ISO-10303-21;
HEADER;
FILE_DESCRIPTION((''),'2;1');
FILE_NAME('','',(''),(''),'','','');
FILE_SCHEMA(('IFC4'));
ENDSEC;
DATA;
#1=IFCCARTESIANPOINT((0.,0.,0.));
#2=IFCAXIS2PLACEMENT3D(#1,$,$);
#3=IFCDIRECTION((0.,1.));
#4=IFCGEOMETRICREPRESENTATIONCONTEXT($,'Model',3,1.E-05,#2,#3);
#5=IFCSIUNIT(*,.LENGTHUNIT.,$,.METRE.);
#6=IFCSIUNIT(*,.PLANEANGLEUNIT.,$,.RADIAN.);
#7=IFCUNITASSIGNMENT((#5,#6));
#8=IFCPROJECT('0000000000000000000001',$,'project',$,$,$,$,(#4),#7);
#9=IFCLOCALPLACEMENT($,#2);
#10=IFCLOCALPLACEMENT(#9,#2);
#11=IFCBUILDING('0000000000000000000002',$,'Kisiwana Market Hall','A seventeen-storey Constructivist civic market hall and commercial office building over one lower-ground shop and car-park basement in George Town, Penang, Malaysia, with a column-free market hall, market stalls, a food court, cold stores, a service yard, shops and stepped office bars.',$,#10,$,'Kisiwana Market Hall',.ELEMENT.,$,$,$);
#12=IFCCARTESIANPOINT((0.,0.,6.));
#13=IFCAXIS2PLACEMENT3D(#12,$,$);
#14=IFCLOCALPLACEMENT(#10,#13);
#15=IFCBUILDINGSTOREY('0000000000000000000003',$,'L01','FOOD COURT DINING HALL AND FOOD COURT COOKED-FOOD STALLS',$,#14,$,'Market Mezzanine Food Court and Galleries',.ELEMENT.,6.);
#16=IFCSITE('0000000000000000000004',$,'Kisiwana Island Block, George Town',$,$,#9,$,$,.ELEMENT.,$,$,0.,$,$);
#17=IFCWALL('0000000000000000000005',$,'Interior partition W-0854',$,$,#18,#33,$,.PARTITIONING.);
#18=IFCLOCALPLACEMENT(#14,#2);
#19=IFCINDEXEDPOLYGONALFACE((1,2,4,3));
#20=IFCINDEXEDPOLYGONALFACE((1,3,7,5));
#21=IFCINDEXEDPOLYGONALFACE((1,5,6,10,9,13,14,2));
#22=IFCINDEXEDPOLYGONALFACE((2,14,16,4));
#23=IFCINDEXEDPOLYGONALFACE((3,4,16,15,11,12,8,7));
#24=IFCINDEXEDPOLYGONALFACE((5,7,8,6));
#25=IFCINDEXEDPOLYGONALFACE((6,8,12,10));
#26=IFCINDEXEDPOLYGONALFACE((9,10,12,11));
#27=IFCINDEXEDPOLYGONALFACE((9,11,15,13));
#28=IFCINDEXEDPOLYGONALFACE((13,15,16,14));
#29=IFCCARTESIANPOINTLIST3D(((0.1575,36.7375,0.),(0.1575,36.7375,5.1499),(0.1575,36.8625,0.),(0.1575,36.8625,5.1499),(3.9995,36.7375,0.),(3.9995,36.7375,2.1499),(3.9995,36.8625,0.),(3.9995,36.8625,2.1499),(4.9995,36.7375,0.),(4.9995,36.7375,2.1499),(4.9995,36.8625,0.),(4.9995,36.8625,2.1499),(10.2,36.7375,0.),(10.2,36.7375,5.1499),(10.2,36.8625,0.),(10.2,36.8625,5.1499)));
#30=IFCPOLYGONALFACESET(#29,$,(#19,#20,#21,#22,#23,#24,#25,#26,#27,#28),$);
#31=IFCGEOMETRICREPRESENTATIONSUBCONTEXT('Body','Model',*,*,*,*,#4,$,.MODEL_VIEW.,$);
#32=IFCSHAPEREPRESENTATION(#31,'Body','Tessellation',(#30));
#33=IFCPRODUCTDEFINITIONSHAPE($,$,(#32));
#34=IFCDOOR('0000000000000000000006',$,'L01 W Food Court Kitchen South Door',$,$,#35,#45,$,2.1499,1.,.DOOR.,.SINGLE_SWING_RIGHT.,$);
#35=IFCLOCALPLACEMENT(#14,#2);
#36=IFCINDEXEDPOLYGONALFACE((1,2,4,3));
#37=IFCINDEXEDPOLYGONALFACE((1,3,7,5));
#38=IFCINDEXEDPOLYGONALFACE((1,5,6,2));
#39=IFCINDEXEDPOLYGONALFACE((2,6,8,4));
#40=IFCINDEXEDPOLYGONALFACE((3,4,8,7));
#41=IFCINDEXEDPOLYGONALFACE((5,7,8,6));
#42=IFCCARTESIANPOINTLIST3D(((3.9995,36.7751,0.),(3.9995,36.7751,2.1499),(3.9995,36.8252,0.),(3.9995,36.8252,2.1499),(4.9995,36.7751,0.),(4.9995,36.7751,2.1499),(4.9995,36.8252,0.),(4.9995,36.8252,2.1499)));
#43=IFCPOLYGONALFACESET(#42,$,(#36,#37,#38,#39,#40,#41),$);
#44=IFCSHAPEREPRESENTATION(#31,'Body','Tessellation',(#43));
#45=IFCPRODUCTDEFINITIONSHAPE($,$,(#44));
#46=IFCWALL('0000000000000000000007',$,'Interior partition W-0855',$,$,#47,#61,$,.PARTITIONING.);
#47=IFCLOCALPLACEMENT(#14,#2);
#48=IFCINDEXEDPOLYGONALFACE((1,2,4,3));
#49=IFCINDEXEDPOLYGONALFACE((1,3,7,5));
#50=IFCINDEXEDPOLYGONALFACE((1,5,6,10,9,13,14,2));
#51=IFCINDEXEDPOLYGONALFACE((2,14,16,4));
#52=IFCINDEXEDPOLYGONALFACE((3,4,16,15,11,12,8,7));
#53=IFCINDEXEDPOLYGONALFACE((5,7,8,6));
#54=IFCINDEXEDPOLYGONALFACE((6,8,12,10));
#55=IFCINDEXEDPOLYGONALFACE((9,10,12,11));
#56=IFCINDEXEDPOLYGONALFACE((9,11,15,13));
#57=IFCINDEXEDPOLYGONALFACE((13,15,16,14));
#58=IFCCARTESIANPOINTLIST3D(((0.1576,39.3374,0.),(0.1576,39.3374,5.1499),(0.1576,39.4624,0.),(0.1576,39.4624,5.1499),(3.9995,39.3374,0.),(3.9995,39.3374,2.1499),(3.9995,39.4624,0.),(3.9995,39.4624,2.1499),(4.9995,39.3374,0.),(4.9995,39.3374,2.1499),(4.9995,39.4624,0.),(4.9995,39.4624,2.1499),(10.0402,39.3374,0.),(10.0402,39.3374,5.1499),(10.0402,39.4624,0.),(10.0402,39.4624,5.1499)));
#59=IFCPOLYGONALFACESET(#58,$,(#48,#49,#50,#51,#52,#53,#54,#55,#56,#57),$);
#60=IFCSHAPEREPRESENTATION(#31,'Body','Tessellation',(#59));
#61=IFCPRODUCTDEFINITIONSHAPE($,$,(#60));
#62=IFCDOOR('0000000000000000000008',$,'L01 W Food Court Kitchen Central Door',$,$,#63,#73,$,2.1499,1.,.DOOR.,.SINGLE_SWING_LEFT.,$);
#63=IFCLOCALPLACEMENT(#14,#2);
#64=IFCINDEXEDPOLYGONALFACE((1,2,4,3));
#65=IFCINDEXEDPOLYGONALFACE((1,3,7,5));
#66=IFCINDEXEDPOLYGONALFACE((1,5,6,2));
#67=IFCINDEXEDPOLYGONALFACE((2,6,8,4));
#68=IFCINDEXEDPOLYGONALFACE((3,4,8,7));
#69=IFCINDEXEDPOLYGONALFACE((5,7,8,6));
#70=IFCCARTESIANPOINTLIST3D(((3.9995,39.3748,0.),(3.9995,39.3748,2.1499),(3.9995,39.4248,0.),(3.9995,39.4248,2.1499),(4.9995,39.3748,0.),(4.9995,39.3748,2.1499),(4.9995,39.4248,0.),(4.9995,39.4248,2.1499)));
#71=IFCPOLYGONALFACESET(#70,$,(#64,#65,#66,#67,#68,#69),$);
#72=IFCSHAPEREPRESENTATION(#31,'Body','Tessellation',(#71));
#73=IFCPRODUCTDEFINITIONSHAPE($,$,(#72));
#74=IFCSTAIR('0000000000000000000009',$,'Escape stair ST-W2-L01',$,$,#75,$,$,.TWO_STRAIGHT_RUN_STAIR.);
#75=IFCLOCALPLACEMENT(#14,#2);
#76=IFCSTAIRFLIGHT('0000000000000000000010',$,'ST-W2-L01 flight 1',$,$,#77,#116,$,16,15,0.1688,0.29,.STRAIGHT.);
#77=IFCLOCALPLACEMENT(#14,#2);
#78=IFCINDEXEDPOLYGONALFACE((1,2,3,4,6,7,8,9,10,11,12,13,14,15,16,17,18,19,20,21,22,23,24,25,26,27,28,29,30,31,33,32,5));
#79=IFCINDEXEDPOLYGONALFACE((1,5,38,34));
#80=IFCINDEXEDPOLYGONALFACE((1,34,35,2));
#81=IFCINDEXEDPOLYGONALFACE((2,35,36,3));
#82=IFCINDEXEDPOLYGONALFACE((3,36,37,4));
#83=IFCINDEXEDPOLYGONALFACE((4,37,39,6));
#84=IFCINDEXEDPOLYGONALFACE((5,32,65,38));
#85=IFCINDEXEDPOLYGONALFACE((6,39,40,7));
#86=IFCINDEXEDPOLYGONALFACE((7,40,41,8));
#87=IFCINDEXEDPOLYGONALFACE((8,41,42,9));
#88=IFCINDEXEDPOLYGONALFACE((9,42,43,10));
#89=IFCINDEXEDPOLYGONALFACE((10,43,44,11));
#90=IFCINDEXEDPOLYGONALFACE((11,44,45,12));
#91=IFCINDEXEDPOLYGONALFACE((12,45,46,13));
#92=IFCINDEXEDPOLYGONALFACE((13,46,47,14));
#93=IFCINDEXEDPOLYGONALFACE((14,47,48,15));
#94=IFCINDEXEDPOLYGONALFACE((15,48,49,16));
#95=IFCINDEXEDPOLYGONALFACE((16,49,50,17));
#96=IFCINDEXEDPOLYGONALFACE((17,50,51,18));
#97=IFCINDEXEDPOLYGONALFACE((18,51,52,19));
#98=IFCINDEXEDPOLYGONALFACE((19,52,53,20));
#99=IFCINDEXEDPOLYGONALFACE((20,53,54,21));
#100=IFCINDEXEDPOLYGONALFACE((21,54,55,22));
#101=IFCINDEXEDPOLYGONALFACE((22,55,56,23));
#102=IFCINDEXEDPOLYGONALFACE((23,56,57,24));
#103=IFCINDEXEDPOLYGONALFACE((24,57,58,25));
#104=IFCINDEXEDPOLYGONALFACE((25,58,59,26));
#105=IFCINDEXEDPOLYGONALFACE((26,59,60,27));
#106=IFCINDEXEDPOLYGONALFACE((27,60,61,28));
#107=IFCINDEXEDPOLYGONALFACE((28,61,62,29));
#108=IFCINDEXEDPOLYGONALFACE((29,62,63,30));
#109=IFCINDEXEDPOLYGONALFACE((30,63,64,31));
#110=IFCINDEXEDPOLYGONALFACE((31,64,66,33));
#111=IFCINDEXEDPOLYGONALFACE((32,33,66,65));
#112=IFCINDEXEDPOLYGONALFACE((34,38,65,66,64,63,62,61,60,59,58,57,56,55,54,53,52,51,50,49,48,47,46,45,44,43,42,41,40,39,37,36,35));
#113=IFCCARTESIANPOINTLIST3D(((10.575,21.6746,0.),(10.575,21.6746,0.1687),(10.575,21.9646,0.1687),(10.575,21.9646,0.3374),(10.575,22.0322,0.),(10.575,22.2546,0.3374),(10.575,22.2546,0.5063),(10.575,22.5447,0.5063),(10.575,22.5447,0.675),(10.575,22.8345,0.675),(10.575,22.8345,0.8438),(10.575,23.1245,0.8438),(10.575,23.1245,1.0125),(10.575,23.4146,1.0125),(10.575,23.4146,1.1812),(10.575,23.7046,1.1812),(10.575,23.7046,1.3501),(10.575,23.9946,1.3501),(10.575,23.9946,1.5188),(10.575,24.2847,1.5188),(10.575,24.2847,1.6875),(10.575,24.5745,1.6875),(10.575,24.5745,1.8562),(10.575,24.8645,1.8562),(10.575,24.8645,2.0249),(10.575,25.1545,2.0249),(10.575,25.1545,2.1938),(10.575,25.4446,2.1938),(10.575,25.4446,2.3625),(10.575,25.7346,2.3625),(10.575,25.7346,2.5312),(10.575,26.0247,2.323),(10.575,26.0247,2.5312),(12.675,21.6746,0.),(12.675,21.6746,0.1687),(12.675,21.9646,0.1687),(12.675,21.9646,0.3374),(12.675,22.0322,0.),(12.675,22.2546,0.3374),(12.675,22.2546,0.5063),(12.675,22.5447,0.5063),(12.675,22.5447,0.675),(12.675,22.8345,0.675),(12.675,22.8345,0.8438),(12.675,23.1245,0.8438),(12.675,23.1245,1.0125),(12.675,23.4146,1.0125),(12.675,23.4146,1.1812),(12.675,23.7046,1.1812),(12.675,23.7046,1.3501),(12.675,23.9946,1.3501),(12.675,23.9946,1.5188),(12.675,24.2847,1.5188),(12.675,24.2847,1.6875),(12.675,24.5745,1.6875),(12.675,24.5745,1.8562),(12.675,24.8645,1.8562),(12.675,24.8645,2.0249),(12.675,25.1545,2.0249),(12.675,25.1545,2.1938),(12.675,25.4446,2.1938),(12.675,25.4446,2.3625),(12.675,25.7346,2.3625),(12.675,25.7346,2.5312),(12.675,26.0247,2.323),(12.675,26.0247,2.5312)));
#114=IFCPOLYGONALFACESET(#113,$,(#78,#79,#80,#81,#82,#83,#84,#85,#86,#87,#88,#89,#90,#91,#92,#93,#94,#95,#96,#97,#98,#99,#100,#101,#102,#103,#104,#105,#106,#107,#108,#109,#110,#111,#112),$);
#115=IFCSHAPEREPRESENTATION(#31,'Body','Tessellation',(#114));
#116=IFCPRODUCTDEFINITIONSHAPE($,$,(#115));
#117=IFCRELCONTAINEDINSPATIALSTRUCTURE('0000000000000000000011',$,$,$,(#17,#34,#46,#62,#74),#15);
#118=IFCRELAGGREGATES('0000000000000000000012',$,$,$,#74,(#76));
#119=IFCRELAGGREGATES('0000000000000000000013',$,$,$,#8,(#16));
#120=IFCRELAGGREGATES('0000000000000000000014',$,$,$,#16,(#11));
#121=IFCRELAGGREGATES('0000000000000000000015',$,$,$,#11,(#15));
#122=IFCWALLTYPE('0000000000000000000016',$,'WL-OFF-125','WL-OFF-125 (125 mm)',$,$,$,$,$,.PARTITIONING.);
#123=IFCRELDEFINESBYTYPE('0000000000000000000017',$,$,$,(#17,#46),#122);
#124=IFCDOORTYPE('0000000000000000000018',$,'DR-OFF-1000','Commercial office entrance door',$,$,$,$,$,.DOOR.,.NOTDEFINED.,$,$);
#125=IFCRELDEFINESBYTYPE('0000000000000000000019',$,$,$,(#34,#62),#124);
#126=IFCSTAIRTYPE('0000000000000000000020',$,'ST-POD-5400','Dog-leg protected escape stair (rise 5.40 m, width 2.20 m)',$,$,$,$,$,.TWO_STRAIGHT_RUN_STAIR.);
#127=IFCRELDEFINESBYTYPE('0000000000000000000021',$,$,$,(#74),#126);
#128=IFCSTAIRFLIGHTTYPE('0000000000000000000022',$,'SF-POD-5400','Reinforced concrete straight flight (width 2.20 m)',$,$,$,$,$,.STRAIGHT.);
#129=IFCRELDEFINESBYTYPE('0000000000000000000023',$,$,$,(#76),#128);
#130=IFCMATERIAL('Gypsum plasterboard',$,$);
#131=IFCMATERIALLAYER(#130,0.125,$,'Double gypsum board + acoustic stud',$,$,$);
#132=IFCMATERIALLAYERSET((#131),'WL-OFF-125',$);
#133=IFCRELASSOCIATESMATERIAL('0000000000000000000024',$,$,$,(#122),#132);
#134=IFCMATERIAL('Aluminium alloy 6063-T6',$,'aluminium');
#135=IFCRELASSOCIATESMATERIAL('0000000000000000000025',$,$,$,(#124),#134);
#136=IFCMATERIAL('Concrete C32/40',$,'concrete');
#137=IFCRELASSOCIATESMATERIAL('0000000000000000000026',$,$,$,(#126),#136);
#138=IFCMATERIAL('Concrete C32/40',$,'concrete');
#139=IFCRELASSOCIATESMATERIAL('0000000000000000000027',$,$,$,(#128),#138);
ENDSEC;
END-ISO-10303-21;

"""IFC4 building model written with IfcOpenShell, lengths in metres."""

from ifc_helpers import new_model, si_unit, direction, frame, frame_2d, origin, place, context, subcontext, project, spatial, polyline, rectangle, outline, extrude, material, layer, layer_set, type_object, element, fill, aggregate, save


model = new_model("IFC4")

# Units and contexts
model_context = context("Model", 3, precision=1e-05, world=origin(), true_north=direction((0.0, 1.0)))
body_context = subcontext(model_context, "Body", "Model", "MODEL_VIEW")
ifc_project = project(units=[si_unit("LENGTHUNIT", "METRE"), si_unit("PLANEANGLEUNIT", "RADIAN")], contexts=[model_context])

# Site, building, storey
site_placement = place(None, origin())
site = spatial("IfcSite", under=ifc_project, at=site_placement, Name="Kisiwana Island Block, George Town", CompositionType="ELEMENT", RefElevation=0.0)
building_placement = place(site_placement, origin())
building = spatial("IfcBuilding", under=site, at=building_placement, Name="Kisiwana Market Hall", Description="A seventeen-storey Constructivist civic market hall and commercial office building over one lower-ground shop and car-park basement in George Town, Penang, Malaysia, with a column-free market hall, market stalls, a food court, cold stores, a service yard, shops and stepped office bars.", LongName="Kisiwana Market Hall", CompositionType="ELEMENT")
storey_placement = place(building_placement, frame((0.0, 0.0, 6.0)))
storey = spatial("IfcBuildingStorey", under=building, at=storey_placement, Name="L01", Description="FOOD COURT DINING HALL AND FOOD COURT COOKED-FOOD STALLS", LongName="Market Mezzanine Food Court and Galleries", CompositionType="ELEMENT", Elevation=6.0)

# Shared definitions
ifc_material_1 = material(Name="Gypsum plasterboard")
ifc_layer_1 = layer(ifc_material_1, 0.125, Name="Double gypsum board + acoustic stud")
ifc_layer_set_1 = layer_set([ifc_layer_1], Name="WL-OFF-125")
wall_type_1 = type_object("IfcWallType", Name="WL-OFF-125", Description="WL-OFF-125 (125 mm)", PredefinedType="PARTITIONING", material=ifc_layer_set_1)

# Walls, openings, doors
wall_1_placement = place(storey_placement, frame((0.1575, 36.8, 0.0), z_axis=(0.0, 0.0, 1.0), x_axis=(1.0, 0.0, 0.0)))
wall_1 = element("IfcWall", 1, at=wall_1_placement, inside=storey, type_object=wall_type_1, Name="Interior partition W-0854", PredefinedType="PARTITIONING", context=body_context, shape_type="SweptSolid", body=[
    extrude(rectangle(XDim=10.0425, YDim=0.125, at=frame_2d((5.0212, 0.0))), origin(), (0.0, 0.0, 1.0), 5.1499),
])
opening_1_placement = place(wall_1_placement, frame((3.842, 0.0, 0.0)))
opening_1 = element("IfcOpeningElement", 2, at=opening_1_placement, cuts=wall_1, PredefinedType="OPENING", context=body_context, shape_type="SweptSolid", body=[
    extrude(rectangle(XDim=1.0, YDim=2.1499, at=frame_2d((0.5, 1.075))), frame((0.0, 0.0745, 0.0), z_axis=(0.0, -1.0, 0.0), x_axis=(1.0, 0.0, 0.0)), (0.0, 0.0, 1.0), 0.1489),
])
ifc_material_2 = material(Name="Aluminium alloy 6063-T6", Category="aluminium")
door_type_1 = type_object("IfcDoorType", Name="DR-OFF-1000", Description="Commercial office entrance door", OperationType="NOTDEFINED", PredefinedType="DOOR", material=ifc_material_2)
door_1_placement = place(opening_1_placement, frame((1.0, 0.0, 0.0), z_axis=(0.0, 0.0, 1.0), x_axis=(-1.0, 0.0, 0.0)))
door_1 = element("IfcDoor", 3, at=door_1_placement, inside=storey, type_object=door_type_1, Name="L01 W Food Court Kitchen South Door", OperationType="SINGLE_SWING_RIGHT", OverallHeight=2.1499, OverallWidth=1.0, PredefinedType="DOOR", context=body_context, shape_type="SweptSolid", body=[
    extrude(rectangle(XDim=1.0, YDim=2.1499, at=frame_2d((0.5, 1.075))), frame((0.0, 0.0249, 0.0), z_axis=(0.0, -1.0, 0.0), x_axis=(1.0, 0.0, 0.0)), (0.0, 0.0, 1.0), 0.05),
])
fill(opening_1, door_1)
wall_2_placement = place(storey_placement, frame((0.1575, 39.3999, 0.0), z_axis=(0.0, 0.0, 1.0), x_axis=(1.0, 0.0, 0.0)))
wall_2 = element("IfcWall", 4, at=wall_2_placement, inside=storey, type_object=wall_type_1, Name="Interior partition W-0855", PredefinedType="PARTITIONING", context=body_context, shape_type="SweptSolid", body=[
    extrude(rectangle(XDim=9.8826, YDim=0.125, at=frame_2d((4.9414, 0.0))), origin(), (0.0, 0.0, 1.0), 5.1499),
])
opening_2_placement = place(wall_2_placement, frame((3.842, 0.0, 0.0)))
opening_2 = element("IfcOpeningElement", 5, at=opening_2_placement, cuts=wall_2, PredefinedType="OPENING", context=body_context, shape_type="SweptSolid", body=[
    extrude(rectangle(XDim=1.0, YDim=2.1499, at=frame_2d((0.5, 1.075))), frame((0.0, 0.0745, 0.0), z_axis=(0.0, -1.0, 0.0), x_axis=(1.0, 0.0, 0.0)), (0.0, 0.0, 1.0), 0.1489),
])
door_2_placement = place(opening_2_placement, origin())
door_2 = element("IfcDoor", 6, at=door_2_placement, inside=storey, type_object=door_type_1, Name="L01 W Food Court Kitchen Central Door", OperationType="SINGLE_SWING_LEFT", OverallHeight=2.1499, OverallWidth=1.0, PredefinedType="DOOR", context=body_context, shape_type="SweptSolid", body=[
    extrude(rectangle(XDim=1.0, YDim=2.1499, at=frame_2d((0.5, 1.075))), frame((0.0, 0.0249, 0.0), z_axis=(0.0, -1.0, 0.0), x_axis=(1.0, 0.0, 0.0)), (0.0, 0.0, 1.0), 0.05),
])
fill(opening_2, door_2)

# Stair, stair flight
ifc_material_3 = material(Name="Concrete C32/40", Category="concrete")
stair_type = type_object("IfcStairType", Name="ST-POD-5400", Description="Dog-leg protected escape stair (rise 5.40 m, width 2.20 m)", PredefinedType="TWO_STRAIGHT_RUN_STAIR", material=ifc_material_3)
stair_placement = place(storey_placement, origin())
stair = element("IfcStair", 7, at=stair_placement, inside=storey, type_object=stair_type, Name="Escape stair ST-W2-L01", PredefinedType="TWO_STRAIGHT_RUN_STAIR")
ifc_material_4 = material(Name="Concrete C32/40", Category="concrete")
stair_flight_type = type_object("IfcStairFlightType", Name="SF-POD-5400", Description="Reinforced concrete straight flight (width 2.20 m)", PredefinedType="STRAIGHT", material=ifc_material_4)
stair_flight_placement = place(storey_placement, frame((11.625, 21.6746, 0.0), z_axis=(0.0, 0.0, 1.0), x_axis=(0.0, 1.0, 0.0)))
stair_flight = element("IfcStairFlight", 8, at=stair_flight_placement, type_object=stair_flight_type, Name="ST-W2-L01 flight 1", NumberOfRisers=16, NumberOfTreads=15, PredefinedType="STRAIGHT", RiserHeight=0.1688, TreadLength=0.29, context=body_context, shape_type="SweptSolid", body=[
    extrude(outline(polyline([(0.0, 0.0), (0.0, 0.1687), (0.29, 0.1687), (0.29, 0.3374), (0.5801, 0.3374), (0.5801, 0.5063), (0.8701, 0.5063), (0.8701, 0.675), (1.1599, 0.675), (1.1599, 0.8438), (1.45, 0.8438), (1.45, 1.0125), (1.74, 1.0125), (1.74, 1.1812), (2.03, 1.1812), (2.03, 1.3501), (2.3201, 1.3501), (2.3201, 1.5188), (2.6101, 1.5188), (2.6101, 1.6875), (2.8999, 1.6875), (2.8999, 1.8562), (3.1899, 1.8562), (3.1899, 2.0249), (3.48, 2.0249), (3.48, 2.1938), (3.77, 2.1938), (3.77, 2.3625), (4.0601, 2.3625), (4.0601, 2.5312), (4.3501, 2.5312), (4.3501, 2.7), (4.3501, 2.323), (0.3577, 0.0), (0.0, 0.0)])), frame((0.0, 1.05, 0.0), z_axis=(0.0, -1.0, 0.0), x_axis=(1.0, 0.0, 0.0)), (0.0, 0.0, 1.0), 2.1001),
])
aggregate(stair, [stair_flight])

save(model, "model.ifc")
